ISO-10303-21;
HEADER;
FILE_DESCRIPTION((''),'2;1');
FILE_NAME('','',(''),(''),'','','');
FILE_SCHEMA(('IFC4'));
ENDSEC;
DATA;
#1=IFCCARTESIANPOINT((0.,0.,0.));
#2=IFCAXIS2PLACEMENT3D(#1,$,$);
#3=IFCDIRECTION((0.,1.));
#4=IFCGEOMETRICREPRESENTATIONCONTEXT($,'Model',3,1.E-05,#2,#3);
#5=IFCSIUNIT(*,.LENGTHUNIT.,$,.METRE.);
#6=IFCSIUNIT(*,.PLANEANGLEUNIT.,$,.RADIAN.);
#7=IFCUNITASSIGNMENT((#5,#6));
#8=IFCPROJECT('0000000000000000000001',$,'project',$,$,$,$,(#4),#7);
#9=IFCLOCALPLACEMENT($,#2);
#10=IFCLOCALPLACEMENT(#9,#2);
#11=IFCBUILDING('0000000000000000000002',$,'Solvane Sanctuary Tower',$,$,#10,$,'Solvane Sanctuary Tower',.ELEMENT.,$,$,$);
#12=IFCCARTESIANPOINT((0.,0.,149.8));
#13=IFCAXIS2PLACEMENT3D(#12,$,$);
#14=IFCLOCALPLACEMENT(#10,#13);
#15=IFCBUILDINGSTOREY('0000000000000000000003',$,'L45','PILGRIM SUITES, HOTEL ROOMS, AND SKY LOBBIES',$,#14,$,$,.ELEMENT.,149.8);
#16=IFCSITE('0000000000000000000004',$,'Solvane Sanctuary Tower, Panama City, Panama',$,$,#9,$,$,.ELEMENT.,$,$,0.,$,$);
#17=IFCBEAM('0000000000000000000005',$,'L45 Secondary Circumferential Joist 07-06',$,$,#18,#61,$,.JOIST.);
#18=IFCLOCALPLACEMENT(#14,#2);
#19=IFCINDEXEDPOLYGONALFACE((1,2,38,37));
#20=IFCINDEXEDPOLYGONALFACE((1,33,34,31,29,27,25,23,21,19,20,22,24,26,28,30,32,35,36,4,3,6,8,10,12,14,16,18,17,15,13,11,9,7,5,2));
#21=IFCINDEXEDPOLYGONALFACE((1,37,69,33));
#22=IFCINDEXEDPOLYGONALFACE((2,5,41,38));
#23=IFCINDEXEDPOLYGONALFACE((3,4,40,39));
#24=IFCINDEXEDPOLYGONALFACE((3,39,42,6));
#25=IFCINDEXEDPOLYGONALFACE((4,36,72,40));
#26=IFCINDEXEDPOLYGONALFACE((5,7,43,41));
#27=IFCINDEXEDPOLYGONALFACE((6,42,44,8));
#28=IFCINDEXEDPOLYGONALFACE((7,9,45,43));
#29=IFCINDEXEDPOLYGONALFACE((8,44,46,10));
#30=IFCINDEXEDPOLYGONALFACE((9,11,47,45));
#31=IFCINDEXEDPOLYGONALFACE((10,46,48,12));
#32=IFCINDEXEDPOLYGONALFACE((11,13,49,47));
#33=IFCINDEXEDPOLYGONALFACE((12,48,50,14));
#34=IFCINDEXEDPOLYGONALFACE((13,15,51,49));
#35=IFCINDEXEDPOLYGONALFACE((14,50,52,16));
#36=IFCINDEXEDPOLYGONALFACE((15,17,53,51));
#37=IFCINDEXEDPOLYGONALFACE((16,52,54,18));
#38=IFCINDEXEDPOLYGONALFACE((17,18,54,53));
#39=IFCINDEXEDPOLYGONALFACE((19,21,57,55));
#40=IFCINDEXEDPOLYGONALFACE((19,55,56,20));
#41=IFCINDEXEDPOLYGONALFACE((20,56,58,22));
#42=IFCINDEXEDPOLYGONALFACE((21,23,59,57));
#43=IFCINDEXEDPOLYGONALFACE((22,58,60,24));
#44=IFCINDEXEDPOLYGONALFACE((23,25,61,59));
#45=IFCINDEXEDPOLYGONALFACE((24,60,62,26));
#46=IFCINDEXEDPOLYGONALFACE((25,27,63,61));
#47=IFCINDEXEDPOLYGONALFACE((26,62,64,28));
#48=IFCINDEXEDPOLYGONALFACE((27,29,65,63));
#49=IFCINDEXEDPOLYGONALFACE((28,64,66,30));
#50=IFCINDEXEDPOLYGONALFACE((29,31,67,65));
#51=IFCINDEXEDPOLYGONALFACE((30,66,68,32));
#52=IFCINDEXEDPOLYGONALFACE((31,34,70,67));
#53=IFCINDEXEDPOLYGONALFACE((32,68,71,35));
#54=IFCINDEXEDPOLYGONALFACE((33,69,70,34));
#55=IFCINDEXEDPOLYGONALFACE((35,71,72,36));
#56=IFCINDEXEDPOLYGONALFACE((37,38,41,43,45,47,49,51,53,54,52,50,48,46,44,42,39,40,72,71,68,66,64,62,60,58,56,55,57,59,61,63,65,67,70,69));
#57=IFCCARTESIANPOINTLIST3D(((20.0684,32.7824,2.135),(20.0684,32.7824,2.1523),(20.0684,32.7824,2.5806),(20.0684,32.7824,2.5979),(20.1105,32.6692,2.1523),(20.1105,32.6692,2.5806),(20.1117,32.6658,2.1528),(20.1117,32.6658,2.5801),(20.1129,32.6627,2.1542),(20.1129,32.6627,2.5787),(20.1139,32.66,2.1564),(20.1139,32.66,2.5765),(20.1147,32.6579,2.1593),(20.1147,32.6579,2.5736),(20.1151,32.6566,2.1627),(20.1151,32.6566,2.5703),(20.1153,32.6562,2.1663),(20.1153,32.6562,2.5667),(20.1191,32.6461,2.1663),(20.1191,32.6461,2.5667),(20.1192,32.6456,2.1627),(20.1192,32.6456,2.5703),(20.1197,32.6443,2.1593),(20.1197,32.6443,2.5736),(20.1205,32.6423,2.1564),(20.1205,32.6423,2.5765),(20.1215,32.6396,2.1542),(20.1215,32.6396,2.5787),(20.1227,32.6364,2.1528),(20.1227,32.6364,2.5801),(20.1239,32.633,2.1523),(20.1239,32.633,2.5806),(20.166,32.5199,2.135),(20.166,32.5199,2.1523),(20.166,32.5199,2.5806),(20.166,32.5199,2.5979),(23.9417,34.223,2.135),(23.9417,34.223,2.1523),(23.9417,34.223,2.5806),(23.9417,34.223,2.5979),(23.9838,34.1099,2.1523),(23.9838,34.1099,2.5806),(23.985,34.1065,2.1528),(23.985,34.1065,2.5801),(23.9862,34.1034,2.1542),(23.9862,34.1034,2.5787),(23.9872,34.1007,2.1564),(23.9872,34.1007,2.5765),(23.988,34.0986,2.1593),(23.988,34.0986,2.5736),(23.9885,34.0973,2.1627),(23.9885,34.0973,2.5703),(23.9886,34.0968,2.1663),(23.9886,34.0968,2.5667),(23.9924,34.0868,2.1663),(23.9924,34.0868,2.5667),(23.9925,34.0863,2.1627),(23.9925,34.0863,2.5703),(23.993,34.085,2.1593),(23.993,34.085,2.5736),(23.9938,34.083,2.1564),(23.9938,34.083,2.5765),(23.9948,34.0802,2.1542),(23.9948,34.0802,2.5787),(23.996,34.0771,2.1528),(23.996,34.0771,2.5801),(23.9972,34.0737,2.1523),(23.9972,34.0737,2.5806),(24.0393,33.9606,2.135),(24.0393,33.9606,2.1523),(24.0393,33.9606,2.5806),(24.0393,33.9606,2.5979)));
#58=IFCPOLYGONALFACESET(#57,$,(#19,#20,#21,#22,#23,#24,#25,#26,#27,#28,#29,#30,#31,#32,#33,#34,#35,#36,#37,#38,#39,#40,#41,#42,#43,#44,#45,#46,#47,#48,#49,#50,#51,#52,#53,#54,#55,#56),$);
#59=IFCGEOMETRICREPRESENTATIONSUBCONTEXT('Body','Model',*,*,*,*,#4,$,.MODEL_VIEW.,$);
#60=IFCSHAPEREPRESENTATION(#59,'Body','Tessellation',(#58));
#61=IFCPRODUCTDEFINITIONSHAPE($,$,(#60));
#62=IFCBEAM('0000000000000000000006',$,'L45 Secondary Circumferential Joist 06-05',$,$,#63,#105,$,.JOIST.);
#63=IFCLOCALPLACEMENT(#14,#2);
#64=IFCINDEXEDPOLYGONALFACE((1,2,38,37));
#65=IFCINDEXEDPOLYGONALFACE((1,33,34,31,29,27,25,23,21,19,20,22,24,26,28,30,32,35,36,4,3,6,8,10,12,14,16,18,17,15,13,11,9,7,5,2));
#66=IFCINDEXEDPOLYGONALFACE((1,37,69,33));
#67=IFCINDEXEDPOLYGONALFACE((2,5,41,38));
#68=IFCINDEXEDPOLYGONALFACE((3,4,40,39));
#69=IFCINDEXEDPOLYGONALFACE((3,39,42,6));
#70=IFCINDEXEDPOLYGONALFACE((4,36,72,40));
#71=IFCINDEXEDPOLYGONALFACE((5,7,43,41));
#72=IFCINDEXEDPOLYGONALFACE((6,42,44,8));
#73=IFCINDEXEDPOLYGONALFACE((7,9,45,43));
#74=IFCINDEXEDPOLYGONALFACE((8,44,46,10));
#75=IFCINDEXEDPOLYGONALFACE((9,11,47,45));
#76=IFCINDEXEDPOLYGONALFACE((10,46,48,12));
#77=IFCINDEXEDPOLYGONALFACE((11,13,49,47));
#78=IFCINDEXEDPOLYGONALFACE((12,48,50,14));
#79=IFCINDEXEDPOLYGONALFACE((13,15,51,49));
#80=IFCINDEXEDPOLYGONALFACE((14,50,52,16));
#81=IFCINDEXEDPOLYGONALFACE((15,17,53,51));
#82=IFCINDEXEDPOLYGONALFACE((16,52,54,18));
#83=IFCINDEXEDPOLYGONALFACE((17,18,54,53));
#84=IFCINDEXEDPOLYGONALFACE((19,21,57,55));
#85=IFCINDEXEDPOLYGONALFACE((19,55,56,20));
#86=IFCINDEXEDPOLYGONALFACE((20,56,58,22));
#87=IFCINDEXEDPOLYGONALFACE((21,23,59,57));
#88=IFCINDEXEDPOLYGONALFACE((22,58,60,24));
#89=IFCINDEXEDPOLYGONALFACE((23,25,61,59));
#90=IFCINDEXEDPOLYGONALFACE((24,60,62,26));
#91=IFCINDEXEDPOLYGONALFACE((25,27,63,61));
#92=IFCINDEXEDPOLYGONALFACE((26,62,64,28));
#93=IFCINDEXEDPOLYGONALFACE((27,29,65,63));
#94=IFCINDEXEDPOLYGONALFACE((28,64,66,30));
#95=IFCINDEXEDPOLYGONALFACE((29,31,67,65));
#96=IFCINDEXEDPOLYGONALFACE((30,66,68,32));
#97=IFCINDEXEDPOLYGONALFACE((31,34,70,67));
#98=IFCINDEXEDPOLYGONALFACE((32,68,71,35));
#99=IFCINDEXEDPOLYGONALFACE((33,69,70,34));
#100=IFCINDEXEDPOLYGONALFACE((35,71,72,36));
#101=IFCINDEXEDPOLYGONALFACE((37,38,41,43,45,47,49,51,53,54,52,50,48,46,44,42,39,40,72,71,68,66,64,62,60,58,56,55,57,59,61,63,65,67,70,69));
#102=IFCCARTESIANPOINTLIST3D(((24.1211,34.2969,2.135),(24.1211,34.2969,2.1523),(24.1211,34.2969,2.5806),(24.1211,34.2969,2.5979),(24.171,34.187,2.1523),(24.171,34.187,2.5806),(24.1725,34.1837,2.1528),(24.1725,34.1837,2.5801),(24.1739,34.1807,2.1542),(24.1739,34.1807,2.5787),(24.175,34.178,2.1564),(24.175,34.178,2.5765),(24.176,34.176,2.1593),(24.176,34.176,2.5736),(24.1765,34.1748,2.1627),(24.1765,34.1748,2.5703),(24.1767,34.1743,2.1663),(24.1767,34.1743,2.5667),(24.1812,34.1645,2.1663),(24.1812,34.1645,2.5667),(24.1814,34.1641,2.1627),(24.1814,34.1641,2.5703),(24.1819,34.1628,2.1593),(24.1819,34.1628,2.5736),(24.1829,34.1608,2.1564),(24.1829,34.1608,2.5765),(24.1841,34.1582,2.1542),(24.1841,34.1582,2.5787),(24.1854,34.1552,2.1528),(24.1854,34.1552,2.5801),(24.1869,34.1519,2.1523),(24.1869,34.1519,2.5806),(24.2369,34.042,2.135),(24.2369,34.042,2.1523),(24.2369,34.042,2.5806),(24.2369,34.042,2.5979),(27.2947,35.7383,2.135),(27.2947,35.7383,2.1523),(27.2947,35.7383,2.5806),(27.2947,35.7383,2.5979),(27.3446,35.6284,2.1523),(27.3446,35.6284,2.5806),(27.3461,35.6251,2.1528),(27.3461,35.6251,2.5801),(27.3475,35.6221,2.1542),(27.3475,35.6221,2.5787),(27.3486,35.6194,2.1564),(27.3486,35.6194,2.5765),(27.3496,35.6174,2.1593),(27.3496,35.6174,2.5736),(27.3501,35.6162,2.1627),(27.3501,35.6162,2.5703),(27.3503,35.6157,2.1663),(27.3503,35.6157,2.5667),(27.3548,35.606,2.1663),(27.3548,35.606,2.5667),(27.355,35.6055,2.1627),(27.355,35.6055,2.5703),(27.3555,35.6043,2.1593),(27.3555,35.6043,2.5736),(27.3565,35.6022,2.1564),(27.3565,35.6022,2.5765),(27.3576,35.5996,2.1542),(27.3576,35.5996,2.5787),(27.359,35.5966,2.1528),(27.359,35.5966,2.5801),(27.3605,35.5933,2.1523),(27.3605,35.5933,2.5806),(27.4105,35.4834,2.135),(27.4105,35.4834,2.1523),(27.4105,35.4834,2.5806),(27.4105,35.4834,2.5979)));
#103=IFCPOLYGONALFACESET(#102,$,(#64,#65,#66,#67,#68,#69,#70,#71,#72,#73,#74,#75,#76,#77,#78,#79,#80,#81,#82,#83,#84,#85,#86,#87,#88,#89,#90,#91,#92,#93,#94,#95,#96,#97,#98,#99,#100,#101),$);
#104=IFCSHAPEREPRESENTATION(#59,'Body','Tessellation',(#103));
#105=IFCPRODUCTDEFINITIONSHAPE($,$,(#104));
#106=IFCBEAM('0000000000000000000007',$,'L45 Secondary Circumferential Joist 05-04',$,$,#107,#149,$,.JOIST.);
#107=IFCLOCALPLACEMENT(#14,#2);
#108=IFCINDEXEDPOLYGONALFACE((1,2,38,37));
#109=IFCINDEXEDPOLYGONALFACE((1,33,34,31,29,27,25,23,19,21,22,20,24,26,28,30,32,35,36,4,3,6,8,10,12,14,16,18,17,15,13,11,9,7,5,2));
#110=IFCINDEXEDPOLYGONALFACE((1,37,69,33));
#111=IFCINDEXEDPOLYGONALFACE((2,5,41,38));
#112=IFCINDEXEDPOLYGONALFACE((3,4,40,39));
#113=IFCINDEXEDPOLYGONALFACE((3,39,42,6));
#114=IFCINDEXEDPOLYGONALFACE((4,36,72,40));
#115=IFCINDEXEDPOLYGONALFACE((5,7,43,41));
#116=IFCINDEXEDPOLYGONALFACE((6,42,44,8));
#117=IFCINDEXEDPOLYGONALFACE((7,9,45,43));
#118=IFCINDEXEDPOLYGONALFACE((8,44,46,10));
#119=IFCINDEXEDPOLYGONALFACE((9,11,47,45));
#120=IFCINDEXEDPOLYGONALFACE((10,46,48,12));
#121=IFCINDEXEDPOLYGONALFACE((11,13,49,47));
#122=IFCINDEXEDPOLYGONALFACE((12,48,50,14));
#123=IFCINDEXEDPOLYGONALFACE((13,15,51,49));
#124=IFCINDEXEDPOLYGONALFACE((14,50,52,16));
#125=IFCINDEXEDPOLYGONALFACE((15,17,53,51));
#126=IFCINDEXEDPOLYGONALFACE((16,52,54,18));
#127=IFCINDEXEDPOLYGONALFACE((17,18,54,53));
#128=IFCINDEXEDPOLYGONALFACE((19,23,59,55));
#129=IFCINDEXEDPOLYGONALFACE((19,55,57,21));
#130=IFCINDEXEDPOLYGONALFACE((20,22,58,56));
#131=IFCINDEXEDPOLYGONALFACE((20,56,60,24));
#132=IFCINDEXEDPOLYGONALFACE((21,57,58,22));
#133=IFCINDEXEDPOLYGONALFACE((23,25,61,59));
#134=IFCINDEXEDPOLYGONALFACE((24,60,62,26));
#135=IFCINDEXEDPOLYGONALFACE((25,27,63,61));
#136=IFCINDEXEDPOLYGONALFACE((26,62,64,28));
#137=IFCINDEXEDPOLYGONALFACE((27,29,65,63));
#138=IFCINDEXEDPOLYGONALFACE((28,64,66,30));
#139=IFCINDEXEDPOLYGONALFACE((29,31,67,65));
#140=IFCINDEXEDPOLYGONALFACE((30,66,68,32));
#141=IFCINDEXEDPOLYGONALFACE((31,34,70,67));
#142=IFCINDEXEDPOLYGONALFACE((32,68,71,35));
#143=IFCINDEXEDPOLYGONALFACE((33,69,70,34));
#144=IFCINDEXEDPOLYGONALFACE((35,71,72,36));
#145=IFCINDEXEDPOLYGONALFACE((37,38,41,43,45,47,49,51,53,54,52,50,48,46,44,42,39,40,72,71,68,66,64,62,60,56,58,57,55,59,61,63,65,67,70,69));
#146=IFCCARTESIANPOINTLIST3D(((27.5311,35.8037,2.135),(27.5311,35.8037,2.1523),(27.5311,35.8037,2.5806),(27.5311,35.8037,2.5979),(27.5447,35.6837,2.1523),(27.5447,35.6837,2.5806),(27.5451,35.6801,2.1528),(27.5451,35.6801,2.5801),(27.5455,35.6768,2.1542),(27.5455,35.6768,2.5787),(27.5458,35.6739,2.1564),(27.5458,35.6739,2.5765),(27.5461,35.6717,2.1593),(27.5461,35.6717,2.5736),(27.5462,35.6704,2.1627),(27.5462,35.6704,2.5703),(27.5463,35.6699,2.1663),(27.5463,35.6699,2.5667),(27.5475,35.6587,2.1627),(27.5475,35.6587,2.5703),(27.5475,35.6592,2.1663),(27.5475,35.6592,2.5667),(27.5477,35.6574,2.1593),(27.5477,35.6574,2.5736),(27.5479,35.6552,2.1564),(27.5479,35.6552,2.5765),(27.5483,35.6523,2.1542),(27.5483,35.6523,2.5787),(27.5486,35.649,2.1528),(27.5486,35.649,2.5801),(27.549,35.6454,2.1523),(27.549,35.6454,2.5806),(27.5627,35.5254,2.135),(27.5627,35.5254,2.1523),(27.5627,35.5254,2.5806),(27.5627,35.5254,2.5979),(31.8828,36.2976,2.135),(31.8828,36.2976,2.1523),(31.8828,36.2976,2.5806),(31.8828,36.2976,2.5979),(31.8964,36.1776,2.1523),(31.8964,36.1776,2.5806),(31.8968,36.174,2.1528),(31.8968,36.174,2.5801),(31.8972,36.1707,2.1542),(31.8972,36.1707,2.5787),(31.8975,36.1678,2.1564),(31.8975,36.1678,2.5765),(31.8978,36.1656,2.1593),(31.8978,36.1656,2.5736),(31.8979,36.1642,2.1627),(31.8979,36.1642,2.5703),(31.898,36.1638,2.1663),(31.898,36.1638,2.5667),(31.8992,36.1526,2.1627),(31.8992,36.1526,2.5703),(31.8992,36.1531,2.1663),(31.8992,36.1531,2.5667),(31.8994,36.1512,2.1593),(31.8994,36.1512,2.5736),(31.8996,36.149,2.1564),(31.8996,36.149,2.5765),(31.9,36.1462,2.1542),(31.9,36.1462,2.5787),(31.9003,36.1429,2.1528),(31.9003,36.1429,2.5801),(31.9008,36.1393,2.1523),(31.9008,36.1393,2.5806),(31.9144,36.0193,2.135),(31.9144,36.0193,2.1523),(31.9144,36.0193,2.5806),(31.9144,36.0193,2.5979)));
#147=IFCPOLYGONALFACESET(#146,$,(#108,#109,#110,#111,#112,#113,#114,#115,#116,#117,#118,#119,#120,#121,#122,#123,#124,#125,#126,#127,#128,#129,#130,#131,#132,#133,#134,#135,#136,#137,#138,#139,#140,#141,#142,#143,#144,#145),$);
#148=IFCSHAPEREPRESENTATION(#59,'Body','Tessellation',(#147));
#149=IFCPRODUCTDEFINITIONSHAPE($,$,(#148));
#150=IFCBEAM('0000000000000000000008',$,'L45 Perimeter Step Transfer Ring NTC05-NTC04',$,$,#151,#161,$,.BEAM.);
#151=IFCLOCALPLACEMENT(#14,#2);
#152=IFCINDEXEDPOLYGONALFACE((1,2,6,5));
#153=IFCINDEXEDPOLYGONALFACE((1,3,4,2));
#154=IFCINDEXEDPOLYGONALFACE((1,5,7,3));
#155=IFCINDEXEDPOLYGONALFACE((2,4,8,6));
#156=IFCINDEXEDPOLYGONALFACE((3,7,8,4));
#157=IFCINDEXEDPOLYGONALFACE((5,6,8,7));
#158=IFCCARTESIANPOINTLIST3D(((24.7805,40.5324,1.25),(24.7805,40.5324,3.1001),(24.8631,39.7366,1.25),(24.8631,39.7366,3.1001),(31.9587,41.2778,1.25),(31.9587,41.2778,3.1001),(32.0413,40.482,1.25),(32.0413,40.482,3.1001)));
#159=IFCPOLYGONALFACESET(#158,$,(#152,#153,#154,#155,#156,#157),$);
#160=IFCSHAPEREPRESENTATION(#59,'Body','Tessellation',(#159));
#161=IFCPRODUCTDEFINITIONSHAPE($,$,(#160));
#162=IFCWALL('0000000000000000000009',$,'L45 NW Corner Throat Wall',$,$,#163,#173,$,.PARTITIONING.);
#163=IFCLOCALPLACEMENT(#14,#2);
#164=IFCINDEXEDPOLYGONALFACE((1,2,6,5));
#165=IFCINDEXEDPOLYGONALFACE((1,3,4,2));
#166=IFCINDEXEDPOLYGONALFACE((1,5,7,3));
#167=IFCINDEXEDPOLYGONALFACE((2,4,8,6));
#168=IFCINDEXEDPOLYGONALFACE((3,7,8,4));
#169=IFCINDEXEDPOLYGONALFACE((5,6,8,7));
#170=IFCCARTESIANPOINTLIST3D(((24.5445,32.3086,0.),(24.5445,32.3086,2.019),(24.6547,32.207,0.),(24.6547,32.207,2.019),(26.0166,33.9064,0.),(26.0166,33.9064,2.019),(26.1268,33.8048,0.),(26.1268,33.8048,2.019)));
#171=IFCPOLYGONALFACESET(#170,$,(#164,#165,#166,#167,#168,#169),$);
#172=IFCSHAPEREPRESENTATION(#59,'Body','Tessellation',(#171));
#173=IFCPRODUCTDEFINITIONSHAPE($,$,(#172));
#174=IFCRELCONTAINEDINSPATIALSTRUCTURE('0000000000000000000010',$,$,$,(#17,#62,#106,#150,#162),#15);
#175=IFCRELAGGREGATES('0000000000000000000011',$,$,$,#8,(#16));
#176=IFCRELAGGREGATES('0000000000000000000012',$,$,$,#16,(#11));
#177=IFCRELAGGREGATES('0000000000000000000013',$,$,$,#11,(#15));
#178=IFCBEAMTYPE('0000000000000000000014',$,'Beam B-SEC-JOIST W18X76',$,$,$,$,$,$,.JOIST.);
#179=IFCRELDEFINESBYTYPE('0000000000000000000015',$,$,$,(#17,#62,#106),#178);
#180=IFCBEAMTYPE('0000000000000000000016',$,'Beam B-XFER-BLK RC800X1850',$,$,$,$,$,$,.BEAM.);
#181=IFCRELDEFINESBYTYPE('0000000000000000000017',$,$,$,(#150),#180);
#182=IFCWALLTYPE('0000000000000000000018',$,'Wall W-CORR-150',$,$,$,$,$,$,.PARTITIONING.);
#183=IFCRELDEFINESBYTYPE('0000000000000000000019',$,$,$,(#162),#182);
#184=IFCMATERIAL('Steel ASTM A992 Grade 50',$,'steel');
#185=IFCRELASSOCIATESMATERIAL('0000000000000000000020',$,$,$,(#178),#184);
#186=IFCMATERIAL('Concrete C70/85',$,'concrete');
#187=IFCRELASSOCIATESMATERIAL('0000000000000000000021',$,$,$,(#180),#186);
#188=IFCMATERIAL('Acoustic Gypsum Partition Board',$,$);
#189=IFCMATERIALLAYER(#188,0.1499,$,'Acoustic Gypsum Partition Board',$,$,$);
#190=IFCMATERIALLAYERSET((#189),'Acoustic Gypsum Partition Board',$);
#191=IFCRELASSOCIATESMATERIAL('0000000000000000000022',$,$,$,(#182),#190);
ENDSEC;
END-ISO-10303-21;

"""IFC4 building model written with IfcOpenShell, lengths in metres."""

from ifc_helpers import new_model, si_unit, direction, frame, frame_2d, origin, origin_2d, place, context, subcontext, project, spatial, rectangle, i_section, extrude, material, layer, layer_set, material_profile, profile_set, type_object, element, save


model = new_model("IFC4")

# Units and contexts
model_context = context("Model", 3, precision=1e-05, world=origin(), true_north=direction((0.0, 1.0)))
body_context = subcontext(model_context, "Body", "Model", "MODEL_VIEW")
ifc_project = project(units=[si_unit("LENGTHUNIT", "METRE"), si_unit("PLANEANGLEUNIT", "RADIAN")], contexts=[model_context])

# Site, building, storey
site_placement = place(None, origin())
site = spatial("IfcSite", under=ifc_project, at=site_placement, Name="Solvane Sanctuary Tower, Panama City, Panama", CompositionType="ELEMENT", RefElevation=0.0)
building_placement = place(site_placement, origin())
building = spatial("IfcBuilding", under=site, at=building_placement, Name="Solvane Sanctuary Tower", LongName="Solvane Sanctuary Tower", CompositionType="ELEMENT")
storey_placement = place(building_placement, frame((0.0, 0.0, 149.8)))
storey = spatial("IfcBuildingStorey", under=building, at=storey_placement, Name="L45", Description="PILGRIM SUITES, HOTEL ROOMS, AND SKY LOBBIES", CompositionType="ELEMENT", Elevation=149.8)

# Beams
ifc_material_1 = material(Name="Steel ASTM A992 Grade 50", Category="steel")
ifc_material_profile_1 = material_profile(ifc_material_1, i_section(OverallWidth=0.28, OverallDepth=0.4629, WebThickness=0.0107, FlangeThickness=0.0173, FilletRadius=0.0139, at=origin_2d()), Name="W18X76")
ifc_profile_set_1 = profile_set([ifc_material_profile_1], Name="Steel ASTM A992 Grade 50")
beam_type_1 = type_object("IfcBeamType", Name="Beam B-SEC-JOIST W18X76", PredefinedType="JOIST", material=ifc_profile_set_1)
beam_1_placement = place(storey_placement, frame((20.1172, 32.6511, 2.3665), z_axis=(0.937265, 0.348617, 0.0), x_axis=(-0.348617, 0.937265, 0.0)))
element("IfcBeam", 1, at=beam_1_placement, inside=storey, type_object=beam_type_1, Name="L45 Secondary Circumferential Joist 07-06", PredefinedType="JOIST", context=body_context, shape_type="SweptSolid", body=[
    extrude(i_section(OverallWidth=0.28, OverallDepth=0.4629, WebThickness=0.0107, FlangeThickness=0.0173, FilletRadius=0.0139, at=origin_2d()), origin(), (0.0, 0.0, 1.0), 4.1326),
])
beam_2_placement = place(storey_placement, frame((24.179, 34.1694, 2.3665), z_axis=(0.910489, 0.413534, 0.0), x_axis=(-0.413534, 0.910489, 0.0)))
element("IfcBeam", 2, at=beam_2_placement, inside=storey, type_object=beam_type_1, Name="L45 Secondary Circumferential Joist 06-05", PredefinedType="JOIST", context=body_context, shape_type="SweptSolid", body=[
    extrude(i_section(OverallWidth=0.28, OverallDepth=0.4629, WebThickness=0.0107, FlangeThickness=0.0173, FilletRadius=0.0139, at=origin_2d()), origin(), (0.0, 0.0, 1.0), 3.4856),
])
beam_3_placement = place(storey_placement, frame((27.5469, 35.6646, 2.3665), z_axis=(0.993621, 0.112768, 0.0), x_axis=(-0.112768, 0.993621, 0.0)))
element("IfcBeam", 3, at=beam_3_placement, inside=storey, type_object=beam_type_1, Name="L45 Secondary Circumferential Joist 05-04", PredefinedType="JOIST", context=body_context, shape_type="SweptSolid", body=[
    extrude(i_section(OverallWidth=0.28, OverallDepth=0.4629, WebThickness=0.0107, FlangeThickness=0.0173, FilletRadius=0.0139, at=origin_2d()), origin(), (0.0, 0.0, 1.0), 4.3796),
])
ifc_material_2 = material(Name="Concrete C70/85", Category="concrete")
ifc_material_profile_2 = material_profile(ifc_material_2, rectangle(XDim=0.8, YDim=1.8501, at=origin_2d()), Name="RC800X1850")
ifc_profile_set_2 = profile_set([ifc_material_profile_2], Name="Concrete C70/85")
beam_type_2 = type_object("IfcBeamType", Name="Beam B-XFER-BLK RC800X1850", PredefinedType="BEAM", material=ifc_profile_set_2)
beam_4_placement = place(storey_placement, frame((24.8218, 40.1345, 2.175), z_axis=(0.994652, 0.103281, 0.0), x_axis=(-0.103281, 0.994652, 0.0)))
element("IfcBeam", 4, at=beam_4_placement, inside=storey, type_object=beam_type_2, Name="L45 Perimeter Step Transfer Ring NTC05-NTC04", PredefinedType="BEAM", context=body_context, shape_type="SweptSolid", body=[
    extrude(rectangle(XDim=0.8, YDim=1.8501, at=origin_2d()), origin(), (0.0, 0.0, 1.0), 7.2168),
])

# Wall
ifc_material_3 = material(Name="Acoustic Gypsum Partition Board")
ifc_layer_1 = layer(ifc_material_3, 0.1499, Name="Acoustic Gypsum Partition Board")
ifc_layer_set_1 = layer_set([ifc_layer_1], Name="Acoustic Gypsum Partition Board")
wall_type_1 = type_object("IfcWallType", Name="Wall W-CORR-150", PredefinedType="PARTITIONING", material=ifc_layer_set_1)
wall_1_placement = place(storey_placement, frame((26.0718, 33.8557, 0.0), z_axis=(0.0, 0.0, 1.0), x_axis=(-0.67758, -0.735449, 0.0)))
element("IfcWall", 5, at=wall_1_placement, inside=storey, type_object=wall_type_1, Name="L45 NW Corner Throat Wall", PredefinedType="PARTITIONING", context=body_context, shape_type="SweptSolid", body=[
    extrude(rectangle(XDim=2.1726, YDim=0.1499, at=frame_2d((1.0864, 0.0))), origin(), (0.0, 0.0, 1.0), 2.019),
])

save(model, "model.ifc")
